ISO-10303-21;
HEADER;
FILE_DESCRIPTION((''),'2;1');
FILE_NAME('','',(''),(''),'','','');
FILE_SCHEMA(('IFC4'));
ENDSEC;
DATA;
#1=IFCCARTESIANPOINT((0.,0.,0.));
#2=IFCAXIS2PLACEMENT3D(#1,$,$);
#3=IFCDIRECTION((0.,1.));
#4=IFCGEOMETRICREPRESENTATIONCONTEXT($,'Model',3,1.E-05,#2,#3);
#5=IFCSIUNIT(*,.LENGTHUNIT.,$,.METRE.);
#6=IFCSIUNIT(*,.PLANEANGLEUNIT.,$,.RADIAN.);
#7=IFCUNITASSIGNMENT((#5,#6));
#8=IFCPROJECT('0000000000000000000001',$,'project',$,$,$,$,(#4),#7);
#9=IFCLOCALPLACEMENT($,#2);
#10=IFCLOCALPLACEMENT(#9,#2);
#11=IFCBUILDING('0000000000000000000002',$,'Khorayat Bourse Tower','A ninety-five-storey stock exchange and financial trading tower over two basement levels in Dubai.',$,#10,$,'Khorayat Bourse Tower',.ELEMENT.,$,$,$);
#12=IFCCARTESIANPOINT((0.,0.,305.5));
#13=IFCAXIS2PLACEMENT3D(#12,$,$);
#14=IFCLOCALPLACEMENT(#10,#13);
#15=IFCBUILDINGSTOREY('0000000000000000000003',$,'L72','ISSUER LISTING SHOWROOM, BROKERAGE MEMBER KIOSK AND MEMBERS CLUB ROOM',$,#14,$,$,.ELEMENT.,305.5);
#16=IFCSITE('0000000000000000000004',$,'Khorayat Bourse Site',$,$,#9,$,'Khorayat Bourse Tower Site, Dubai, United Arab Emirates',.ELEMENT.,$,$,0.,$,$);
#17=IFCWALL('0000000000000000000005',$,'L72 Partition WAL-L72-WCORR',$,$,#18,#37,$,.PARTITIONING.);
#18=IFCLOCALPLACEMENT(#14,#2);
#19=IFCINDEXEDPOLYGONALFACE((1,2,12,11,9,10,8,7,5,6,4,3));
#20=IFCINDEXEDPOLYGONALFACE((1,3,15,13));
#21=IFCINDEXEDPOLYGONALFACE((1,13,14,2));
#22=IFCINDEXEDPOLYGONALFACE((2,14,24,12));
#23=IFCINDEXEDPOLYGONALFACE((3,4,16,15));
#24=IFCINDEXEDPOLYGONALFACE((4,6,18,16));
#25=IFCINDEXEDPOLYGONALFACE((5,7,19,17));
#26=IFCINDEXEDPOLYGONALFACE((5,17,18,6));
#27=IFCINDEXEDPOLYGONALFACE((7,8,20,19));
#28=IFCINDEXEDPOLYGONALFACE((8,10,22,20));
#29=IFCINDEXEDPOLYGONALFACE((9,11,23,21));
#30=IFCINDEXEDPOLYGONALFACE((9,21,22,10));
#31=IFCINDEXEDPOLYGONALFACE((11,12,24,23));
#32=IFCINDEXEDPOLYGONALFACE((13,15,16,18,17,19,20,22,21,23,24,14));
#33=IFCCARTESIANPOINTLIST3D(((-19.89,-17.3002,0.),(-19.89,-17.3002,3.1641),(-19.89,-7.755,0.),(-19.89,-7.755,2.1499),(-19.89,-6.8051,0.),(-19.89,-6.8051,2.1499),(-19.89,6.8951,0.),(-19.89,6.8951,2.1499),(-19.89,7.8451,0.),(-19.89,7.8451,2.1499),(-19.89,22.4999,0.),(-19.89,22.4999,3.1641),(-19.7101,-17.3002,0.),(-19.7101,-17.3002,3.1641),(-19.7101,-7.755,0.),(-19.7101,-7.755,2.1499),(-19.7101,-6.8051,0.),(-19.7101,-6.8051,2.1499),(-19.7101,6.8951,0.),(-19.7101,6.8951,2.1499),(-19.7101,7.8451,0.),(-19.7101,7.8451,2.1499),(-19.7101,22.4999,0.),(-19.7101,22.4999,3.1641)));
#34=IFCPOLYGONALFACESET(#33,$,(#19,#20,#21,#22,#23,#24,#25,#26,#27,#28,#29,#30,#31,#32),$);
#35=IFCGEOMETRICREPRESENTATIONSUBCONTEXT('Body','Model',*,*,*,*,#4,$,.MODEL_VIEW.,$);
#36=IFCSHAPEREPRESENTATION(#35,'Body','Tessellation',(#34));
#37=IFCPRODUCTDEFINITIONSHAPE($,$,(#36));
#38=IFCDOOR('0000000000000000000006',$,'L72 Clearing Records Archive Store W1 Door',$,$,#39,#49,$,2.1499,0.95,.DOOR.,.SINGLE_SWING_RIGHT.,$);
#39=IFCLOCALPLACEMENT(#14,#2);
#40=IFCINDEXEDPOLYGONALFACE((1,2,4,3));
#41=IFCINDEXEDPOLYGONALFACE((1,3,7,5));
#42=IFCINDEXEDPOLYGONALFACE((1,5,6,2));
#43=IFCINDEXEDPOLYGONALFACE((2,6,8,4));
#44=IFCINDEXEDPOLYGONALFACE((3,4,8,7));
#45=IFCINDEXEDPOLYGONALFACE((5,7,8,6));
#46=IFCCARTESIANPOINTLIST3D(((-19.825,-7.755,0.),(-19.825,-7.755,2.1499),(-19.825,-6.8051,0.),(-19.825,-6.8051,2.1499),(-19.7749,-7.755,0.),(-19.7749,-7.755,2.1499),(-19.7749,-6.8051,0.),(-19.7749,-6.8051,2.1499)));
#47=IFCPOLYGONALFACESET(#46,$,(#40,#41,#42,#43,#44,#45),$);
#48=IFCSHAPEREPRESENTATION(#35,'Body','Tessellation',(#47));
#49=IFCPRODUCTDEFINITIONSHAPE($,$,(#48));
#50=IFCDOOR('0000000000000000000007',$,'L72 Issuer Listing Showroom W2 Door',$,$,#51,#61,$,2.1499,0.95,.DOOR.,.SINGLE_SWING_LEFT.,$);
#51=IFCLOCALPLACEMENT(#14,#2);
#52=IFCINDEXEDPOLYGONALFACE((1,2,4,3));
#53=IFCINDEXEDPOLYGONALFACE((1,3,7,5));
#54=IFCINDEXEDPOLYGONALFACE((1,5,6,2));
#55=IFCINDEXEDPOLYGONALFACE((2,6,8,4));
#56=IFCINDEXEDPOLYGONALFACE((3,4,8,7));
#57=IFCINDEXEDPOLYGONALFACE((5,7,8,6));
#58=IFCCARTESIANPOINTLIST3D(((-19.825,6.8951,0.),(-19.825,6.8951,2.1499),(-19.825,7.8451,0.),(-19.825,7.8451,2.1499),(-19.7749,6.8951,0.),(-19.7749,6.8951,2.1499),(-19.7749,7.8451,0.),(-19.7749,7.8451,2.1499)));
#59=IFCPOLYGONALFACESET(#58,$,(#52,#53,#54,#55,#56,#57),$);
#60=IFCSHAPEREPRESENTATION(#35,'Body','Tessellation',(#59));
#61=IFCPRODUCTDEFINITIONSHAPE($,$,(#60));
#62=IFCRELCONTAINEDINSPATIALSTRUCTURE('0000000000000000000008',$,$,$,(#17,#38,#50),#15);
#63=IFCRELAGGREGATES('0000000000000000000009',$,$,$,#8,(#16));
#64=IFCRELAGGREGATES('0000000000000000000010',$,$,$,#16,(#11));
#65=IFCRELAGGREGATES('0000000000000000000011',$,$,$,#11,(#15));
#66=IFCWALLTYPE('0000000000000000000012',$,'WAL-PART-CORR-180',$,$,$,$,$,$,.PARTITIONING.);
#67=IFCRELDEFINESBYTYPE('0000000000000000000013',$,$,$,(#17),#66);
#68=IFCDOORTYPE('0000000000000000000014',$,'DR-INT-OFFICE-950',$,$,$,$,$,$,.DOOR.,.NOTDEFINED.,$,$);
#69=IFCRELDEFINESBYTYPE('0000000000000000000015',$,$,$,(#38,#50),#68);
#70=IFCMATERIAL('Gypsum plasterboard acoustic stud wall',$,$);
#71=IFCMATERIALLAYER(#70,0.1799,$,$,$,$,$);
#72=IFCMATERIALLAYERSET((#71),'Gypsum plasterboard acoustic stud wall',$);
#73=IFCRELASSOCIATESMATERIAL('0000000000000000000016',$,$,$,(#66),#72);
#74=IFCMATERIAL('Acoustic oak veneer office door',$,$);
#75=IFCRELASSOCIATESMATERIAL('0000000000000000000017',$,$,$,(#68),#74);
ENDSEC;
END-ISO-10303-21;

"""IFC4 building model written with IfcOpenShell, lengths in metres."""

from ifc_helpers import new_model, si_unit, direction, frame, frame_2d, origin, place, context, subcontext, project, spatial, rectangle, extrude, source, transform, mapped, material, layer, layer_set, type_object, element, fill, save


model = new_model("IFC4")

# Units and contexts
model_context = context("Model", 3, precision=1e-05, world=origin(), true_north=direction((0.0, 1.0)))
body_context = subcontext(model_context, "Body", "Model", "MODEL_VIEW")
ifc_project = project(units=[si_unit("LENGTHUNIT", "METRE"), si_unit("PLANEANGLEUNIT", "RADIAN")], contexts=[model_context])

# Site, building, storey
site_placement = place(None, origin())
site = spatial("IfcSite", under=ifc_project, at=site_placement, Name="Khorayat Bourse Site", LongName="Khorayat Bourse Tower Site, Dubai, United Arab Emirates", CompositionType="ELEMENT", RefElevation=0.0)
building_placement = place(site_placement, origin())
building = spatial("IfcBuilding", under=site, at=building_placement, Name="Khorayat Bourse Tower", Description="A ninety-five-storey stock exchange and financial trading tower over two basement levels in Dubai.", LongName="Khorayat Bourse Tower", CompositionType="ELEMENT")
storey_placement = place(building_placement, frame((0.0, 0.0, 305.5)))
storey = spatial("IfcBuildingStorey", under=building, at=storey_placement, Name="L72", Description="ISSUER LISTING SHOWROOM, BROKERAGE MEMBER KIOSK AND MEMBERS CLUB ROOM", CompositionType="ELEMENT", Elevation=305.5)

# Shared definitions
ifc_material_1 = material(Name="Gypsum plasterboard acoustic stud wall")
ifc_layer_1 = layer(ifc_material_1, 0.1799)
ifc_layer_set_1 = layer_set([ifc_layer_1], Name="Gypsum plasterboard acoustic stud wall")
wall_type_1 = type_object("IfcWallType", Name="WAL-PART-CORR-180", PredefinedType="PARTITIONING", material=ifc_layer_set_1)

# Wall, openings, doors
shared_shape_1 = source(origin(), body_context, "Body", "SweptSolid", [
    extrude(rectangle(XDim=39.8, YDim=0.1799, at=frame_2d((19.8999, 0.0))), origin(), (0.0, 0.0, 1.0), 3.1641),
])
wall_1_placement = place(storey_placement, frame((-19.8, -17.3, 0.0), z_axis=(0.0, 0.0, 1.0), x_axis=(0.0, 1.0, 0.0)))
wall_1 = element("IfcWall", 1, at=wall_1_placement, inside=storey, type_object=wall_type_1, Name="L72 Partition WAL-L72-WCORR", PredefinedType="PARTITIONING", context=body_context, shape_type="MappedRepresentation", body=[
    mapped(shared_shape_1, transform((0.0, 0.0, 0.0), scale=1.0)),
])
shared_shape_2 = source(origin(), body_context, "Body", "SweptSolid", [
    extrude(rectangle(XDim=0.95, YDim=2.1499, at=frame_2d((0.4751, 1.075))), frame((0.0, 0.0999, 0.0), z_axis=(0.0, -1.0, 0.0), x_axis=(1.0, 0.0, 0.0)), (0.0, 0.0, 1.0), 0.2),
])
opening_1_placement = place(wall_1_placement, frame((9.5449, 0.0, 0.0)))
opening_1 = element("IfcOpeningElement", 2, at=opening_1_placement, cuts=wall_1, PredefinedType="OPENING", context=body_context, shape_type="MappedRepresentation", body=[
    mapped(shared_shape_2, transform((0.0, 0.0, 0.0), scale=1.0)),
])
opening_2_placement = place(wall_1_placement, frame((24.1951, 0.0, 0.0)))
opening_2 = element("IfcOpeningElement", 3, at=opening_2_placement, cuts=wall_1, PredefinedType="OPENING", context=body_context, shape_type="MappedRepresentation", body=[
    mapped(shared_shape_2, transform((0.0, 0.0, 0.0), scale=1.0)),
])
ifc_material_2 = material(Name="Acoustic oak veneer office door")
door_type_1 = type_object("IfcDoorType", Name="DR-INT-OFFICE-950", OperationType="NOTDEFINED", PredefinedType="DOOR", material=ifc_material_2)
shared_shape_3 = source(origin(), body_context, "Body", "SweptSolid", [
    extrude(rectangle(XDim=0.95, YDim=2.1499, at=frame_2d((0.4751, 1.075))), frame((0.0, 0.0249, 0.0), z_axis=(0.0, -1.0, 0.0), x_axis=(1.0, 0.0, 0.0)), (0.0, 0.0, 1.0), 0.05),
])
door_1_placement = place(opening_1_placement, origin())
door_1 = element("IfcDoor", 4, at=door_1_placement, inside=storey, type_object=door_type_1, Name="L72 Clearing Records Archive Store W1 Door", OperationType="SINGLE_SWING_RIGHT", OverallHeight=2.1499, OverallWidth=0.95, PredefinedType="DOOR", context=body_context, shape_type="MappedRepresentation", body=[
    mapped(shared_shape_3, transform((0.0, 0.0, 0.0), scale=1.0)),
])
fill(opening_1, door_1)
door_2_placement = place(opening_2_placement, origin())
door_2 = element("IfcDoor", 5, at=door_2_placement, inside=storey, type_object=door_type_1, Name="L72 Issuer Listing Showroom W2 Door", OperationType="SINGLE_SWING_LEFT", OverallHeight=2.1499, OverallWidth=0.95, PredefinedType="DOOR", context=body_context, shape_type="MappedRepresentation", body=[
    mapped(shared_shape_3, transform((0.0, 0.0, 0.0), scale=1.0)),
])
fill(opening_2, door_2)

save(model, "model.ifc")
